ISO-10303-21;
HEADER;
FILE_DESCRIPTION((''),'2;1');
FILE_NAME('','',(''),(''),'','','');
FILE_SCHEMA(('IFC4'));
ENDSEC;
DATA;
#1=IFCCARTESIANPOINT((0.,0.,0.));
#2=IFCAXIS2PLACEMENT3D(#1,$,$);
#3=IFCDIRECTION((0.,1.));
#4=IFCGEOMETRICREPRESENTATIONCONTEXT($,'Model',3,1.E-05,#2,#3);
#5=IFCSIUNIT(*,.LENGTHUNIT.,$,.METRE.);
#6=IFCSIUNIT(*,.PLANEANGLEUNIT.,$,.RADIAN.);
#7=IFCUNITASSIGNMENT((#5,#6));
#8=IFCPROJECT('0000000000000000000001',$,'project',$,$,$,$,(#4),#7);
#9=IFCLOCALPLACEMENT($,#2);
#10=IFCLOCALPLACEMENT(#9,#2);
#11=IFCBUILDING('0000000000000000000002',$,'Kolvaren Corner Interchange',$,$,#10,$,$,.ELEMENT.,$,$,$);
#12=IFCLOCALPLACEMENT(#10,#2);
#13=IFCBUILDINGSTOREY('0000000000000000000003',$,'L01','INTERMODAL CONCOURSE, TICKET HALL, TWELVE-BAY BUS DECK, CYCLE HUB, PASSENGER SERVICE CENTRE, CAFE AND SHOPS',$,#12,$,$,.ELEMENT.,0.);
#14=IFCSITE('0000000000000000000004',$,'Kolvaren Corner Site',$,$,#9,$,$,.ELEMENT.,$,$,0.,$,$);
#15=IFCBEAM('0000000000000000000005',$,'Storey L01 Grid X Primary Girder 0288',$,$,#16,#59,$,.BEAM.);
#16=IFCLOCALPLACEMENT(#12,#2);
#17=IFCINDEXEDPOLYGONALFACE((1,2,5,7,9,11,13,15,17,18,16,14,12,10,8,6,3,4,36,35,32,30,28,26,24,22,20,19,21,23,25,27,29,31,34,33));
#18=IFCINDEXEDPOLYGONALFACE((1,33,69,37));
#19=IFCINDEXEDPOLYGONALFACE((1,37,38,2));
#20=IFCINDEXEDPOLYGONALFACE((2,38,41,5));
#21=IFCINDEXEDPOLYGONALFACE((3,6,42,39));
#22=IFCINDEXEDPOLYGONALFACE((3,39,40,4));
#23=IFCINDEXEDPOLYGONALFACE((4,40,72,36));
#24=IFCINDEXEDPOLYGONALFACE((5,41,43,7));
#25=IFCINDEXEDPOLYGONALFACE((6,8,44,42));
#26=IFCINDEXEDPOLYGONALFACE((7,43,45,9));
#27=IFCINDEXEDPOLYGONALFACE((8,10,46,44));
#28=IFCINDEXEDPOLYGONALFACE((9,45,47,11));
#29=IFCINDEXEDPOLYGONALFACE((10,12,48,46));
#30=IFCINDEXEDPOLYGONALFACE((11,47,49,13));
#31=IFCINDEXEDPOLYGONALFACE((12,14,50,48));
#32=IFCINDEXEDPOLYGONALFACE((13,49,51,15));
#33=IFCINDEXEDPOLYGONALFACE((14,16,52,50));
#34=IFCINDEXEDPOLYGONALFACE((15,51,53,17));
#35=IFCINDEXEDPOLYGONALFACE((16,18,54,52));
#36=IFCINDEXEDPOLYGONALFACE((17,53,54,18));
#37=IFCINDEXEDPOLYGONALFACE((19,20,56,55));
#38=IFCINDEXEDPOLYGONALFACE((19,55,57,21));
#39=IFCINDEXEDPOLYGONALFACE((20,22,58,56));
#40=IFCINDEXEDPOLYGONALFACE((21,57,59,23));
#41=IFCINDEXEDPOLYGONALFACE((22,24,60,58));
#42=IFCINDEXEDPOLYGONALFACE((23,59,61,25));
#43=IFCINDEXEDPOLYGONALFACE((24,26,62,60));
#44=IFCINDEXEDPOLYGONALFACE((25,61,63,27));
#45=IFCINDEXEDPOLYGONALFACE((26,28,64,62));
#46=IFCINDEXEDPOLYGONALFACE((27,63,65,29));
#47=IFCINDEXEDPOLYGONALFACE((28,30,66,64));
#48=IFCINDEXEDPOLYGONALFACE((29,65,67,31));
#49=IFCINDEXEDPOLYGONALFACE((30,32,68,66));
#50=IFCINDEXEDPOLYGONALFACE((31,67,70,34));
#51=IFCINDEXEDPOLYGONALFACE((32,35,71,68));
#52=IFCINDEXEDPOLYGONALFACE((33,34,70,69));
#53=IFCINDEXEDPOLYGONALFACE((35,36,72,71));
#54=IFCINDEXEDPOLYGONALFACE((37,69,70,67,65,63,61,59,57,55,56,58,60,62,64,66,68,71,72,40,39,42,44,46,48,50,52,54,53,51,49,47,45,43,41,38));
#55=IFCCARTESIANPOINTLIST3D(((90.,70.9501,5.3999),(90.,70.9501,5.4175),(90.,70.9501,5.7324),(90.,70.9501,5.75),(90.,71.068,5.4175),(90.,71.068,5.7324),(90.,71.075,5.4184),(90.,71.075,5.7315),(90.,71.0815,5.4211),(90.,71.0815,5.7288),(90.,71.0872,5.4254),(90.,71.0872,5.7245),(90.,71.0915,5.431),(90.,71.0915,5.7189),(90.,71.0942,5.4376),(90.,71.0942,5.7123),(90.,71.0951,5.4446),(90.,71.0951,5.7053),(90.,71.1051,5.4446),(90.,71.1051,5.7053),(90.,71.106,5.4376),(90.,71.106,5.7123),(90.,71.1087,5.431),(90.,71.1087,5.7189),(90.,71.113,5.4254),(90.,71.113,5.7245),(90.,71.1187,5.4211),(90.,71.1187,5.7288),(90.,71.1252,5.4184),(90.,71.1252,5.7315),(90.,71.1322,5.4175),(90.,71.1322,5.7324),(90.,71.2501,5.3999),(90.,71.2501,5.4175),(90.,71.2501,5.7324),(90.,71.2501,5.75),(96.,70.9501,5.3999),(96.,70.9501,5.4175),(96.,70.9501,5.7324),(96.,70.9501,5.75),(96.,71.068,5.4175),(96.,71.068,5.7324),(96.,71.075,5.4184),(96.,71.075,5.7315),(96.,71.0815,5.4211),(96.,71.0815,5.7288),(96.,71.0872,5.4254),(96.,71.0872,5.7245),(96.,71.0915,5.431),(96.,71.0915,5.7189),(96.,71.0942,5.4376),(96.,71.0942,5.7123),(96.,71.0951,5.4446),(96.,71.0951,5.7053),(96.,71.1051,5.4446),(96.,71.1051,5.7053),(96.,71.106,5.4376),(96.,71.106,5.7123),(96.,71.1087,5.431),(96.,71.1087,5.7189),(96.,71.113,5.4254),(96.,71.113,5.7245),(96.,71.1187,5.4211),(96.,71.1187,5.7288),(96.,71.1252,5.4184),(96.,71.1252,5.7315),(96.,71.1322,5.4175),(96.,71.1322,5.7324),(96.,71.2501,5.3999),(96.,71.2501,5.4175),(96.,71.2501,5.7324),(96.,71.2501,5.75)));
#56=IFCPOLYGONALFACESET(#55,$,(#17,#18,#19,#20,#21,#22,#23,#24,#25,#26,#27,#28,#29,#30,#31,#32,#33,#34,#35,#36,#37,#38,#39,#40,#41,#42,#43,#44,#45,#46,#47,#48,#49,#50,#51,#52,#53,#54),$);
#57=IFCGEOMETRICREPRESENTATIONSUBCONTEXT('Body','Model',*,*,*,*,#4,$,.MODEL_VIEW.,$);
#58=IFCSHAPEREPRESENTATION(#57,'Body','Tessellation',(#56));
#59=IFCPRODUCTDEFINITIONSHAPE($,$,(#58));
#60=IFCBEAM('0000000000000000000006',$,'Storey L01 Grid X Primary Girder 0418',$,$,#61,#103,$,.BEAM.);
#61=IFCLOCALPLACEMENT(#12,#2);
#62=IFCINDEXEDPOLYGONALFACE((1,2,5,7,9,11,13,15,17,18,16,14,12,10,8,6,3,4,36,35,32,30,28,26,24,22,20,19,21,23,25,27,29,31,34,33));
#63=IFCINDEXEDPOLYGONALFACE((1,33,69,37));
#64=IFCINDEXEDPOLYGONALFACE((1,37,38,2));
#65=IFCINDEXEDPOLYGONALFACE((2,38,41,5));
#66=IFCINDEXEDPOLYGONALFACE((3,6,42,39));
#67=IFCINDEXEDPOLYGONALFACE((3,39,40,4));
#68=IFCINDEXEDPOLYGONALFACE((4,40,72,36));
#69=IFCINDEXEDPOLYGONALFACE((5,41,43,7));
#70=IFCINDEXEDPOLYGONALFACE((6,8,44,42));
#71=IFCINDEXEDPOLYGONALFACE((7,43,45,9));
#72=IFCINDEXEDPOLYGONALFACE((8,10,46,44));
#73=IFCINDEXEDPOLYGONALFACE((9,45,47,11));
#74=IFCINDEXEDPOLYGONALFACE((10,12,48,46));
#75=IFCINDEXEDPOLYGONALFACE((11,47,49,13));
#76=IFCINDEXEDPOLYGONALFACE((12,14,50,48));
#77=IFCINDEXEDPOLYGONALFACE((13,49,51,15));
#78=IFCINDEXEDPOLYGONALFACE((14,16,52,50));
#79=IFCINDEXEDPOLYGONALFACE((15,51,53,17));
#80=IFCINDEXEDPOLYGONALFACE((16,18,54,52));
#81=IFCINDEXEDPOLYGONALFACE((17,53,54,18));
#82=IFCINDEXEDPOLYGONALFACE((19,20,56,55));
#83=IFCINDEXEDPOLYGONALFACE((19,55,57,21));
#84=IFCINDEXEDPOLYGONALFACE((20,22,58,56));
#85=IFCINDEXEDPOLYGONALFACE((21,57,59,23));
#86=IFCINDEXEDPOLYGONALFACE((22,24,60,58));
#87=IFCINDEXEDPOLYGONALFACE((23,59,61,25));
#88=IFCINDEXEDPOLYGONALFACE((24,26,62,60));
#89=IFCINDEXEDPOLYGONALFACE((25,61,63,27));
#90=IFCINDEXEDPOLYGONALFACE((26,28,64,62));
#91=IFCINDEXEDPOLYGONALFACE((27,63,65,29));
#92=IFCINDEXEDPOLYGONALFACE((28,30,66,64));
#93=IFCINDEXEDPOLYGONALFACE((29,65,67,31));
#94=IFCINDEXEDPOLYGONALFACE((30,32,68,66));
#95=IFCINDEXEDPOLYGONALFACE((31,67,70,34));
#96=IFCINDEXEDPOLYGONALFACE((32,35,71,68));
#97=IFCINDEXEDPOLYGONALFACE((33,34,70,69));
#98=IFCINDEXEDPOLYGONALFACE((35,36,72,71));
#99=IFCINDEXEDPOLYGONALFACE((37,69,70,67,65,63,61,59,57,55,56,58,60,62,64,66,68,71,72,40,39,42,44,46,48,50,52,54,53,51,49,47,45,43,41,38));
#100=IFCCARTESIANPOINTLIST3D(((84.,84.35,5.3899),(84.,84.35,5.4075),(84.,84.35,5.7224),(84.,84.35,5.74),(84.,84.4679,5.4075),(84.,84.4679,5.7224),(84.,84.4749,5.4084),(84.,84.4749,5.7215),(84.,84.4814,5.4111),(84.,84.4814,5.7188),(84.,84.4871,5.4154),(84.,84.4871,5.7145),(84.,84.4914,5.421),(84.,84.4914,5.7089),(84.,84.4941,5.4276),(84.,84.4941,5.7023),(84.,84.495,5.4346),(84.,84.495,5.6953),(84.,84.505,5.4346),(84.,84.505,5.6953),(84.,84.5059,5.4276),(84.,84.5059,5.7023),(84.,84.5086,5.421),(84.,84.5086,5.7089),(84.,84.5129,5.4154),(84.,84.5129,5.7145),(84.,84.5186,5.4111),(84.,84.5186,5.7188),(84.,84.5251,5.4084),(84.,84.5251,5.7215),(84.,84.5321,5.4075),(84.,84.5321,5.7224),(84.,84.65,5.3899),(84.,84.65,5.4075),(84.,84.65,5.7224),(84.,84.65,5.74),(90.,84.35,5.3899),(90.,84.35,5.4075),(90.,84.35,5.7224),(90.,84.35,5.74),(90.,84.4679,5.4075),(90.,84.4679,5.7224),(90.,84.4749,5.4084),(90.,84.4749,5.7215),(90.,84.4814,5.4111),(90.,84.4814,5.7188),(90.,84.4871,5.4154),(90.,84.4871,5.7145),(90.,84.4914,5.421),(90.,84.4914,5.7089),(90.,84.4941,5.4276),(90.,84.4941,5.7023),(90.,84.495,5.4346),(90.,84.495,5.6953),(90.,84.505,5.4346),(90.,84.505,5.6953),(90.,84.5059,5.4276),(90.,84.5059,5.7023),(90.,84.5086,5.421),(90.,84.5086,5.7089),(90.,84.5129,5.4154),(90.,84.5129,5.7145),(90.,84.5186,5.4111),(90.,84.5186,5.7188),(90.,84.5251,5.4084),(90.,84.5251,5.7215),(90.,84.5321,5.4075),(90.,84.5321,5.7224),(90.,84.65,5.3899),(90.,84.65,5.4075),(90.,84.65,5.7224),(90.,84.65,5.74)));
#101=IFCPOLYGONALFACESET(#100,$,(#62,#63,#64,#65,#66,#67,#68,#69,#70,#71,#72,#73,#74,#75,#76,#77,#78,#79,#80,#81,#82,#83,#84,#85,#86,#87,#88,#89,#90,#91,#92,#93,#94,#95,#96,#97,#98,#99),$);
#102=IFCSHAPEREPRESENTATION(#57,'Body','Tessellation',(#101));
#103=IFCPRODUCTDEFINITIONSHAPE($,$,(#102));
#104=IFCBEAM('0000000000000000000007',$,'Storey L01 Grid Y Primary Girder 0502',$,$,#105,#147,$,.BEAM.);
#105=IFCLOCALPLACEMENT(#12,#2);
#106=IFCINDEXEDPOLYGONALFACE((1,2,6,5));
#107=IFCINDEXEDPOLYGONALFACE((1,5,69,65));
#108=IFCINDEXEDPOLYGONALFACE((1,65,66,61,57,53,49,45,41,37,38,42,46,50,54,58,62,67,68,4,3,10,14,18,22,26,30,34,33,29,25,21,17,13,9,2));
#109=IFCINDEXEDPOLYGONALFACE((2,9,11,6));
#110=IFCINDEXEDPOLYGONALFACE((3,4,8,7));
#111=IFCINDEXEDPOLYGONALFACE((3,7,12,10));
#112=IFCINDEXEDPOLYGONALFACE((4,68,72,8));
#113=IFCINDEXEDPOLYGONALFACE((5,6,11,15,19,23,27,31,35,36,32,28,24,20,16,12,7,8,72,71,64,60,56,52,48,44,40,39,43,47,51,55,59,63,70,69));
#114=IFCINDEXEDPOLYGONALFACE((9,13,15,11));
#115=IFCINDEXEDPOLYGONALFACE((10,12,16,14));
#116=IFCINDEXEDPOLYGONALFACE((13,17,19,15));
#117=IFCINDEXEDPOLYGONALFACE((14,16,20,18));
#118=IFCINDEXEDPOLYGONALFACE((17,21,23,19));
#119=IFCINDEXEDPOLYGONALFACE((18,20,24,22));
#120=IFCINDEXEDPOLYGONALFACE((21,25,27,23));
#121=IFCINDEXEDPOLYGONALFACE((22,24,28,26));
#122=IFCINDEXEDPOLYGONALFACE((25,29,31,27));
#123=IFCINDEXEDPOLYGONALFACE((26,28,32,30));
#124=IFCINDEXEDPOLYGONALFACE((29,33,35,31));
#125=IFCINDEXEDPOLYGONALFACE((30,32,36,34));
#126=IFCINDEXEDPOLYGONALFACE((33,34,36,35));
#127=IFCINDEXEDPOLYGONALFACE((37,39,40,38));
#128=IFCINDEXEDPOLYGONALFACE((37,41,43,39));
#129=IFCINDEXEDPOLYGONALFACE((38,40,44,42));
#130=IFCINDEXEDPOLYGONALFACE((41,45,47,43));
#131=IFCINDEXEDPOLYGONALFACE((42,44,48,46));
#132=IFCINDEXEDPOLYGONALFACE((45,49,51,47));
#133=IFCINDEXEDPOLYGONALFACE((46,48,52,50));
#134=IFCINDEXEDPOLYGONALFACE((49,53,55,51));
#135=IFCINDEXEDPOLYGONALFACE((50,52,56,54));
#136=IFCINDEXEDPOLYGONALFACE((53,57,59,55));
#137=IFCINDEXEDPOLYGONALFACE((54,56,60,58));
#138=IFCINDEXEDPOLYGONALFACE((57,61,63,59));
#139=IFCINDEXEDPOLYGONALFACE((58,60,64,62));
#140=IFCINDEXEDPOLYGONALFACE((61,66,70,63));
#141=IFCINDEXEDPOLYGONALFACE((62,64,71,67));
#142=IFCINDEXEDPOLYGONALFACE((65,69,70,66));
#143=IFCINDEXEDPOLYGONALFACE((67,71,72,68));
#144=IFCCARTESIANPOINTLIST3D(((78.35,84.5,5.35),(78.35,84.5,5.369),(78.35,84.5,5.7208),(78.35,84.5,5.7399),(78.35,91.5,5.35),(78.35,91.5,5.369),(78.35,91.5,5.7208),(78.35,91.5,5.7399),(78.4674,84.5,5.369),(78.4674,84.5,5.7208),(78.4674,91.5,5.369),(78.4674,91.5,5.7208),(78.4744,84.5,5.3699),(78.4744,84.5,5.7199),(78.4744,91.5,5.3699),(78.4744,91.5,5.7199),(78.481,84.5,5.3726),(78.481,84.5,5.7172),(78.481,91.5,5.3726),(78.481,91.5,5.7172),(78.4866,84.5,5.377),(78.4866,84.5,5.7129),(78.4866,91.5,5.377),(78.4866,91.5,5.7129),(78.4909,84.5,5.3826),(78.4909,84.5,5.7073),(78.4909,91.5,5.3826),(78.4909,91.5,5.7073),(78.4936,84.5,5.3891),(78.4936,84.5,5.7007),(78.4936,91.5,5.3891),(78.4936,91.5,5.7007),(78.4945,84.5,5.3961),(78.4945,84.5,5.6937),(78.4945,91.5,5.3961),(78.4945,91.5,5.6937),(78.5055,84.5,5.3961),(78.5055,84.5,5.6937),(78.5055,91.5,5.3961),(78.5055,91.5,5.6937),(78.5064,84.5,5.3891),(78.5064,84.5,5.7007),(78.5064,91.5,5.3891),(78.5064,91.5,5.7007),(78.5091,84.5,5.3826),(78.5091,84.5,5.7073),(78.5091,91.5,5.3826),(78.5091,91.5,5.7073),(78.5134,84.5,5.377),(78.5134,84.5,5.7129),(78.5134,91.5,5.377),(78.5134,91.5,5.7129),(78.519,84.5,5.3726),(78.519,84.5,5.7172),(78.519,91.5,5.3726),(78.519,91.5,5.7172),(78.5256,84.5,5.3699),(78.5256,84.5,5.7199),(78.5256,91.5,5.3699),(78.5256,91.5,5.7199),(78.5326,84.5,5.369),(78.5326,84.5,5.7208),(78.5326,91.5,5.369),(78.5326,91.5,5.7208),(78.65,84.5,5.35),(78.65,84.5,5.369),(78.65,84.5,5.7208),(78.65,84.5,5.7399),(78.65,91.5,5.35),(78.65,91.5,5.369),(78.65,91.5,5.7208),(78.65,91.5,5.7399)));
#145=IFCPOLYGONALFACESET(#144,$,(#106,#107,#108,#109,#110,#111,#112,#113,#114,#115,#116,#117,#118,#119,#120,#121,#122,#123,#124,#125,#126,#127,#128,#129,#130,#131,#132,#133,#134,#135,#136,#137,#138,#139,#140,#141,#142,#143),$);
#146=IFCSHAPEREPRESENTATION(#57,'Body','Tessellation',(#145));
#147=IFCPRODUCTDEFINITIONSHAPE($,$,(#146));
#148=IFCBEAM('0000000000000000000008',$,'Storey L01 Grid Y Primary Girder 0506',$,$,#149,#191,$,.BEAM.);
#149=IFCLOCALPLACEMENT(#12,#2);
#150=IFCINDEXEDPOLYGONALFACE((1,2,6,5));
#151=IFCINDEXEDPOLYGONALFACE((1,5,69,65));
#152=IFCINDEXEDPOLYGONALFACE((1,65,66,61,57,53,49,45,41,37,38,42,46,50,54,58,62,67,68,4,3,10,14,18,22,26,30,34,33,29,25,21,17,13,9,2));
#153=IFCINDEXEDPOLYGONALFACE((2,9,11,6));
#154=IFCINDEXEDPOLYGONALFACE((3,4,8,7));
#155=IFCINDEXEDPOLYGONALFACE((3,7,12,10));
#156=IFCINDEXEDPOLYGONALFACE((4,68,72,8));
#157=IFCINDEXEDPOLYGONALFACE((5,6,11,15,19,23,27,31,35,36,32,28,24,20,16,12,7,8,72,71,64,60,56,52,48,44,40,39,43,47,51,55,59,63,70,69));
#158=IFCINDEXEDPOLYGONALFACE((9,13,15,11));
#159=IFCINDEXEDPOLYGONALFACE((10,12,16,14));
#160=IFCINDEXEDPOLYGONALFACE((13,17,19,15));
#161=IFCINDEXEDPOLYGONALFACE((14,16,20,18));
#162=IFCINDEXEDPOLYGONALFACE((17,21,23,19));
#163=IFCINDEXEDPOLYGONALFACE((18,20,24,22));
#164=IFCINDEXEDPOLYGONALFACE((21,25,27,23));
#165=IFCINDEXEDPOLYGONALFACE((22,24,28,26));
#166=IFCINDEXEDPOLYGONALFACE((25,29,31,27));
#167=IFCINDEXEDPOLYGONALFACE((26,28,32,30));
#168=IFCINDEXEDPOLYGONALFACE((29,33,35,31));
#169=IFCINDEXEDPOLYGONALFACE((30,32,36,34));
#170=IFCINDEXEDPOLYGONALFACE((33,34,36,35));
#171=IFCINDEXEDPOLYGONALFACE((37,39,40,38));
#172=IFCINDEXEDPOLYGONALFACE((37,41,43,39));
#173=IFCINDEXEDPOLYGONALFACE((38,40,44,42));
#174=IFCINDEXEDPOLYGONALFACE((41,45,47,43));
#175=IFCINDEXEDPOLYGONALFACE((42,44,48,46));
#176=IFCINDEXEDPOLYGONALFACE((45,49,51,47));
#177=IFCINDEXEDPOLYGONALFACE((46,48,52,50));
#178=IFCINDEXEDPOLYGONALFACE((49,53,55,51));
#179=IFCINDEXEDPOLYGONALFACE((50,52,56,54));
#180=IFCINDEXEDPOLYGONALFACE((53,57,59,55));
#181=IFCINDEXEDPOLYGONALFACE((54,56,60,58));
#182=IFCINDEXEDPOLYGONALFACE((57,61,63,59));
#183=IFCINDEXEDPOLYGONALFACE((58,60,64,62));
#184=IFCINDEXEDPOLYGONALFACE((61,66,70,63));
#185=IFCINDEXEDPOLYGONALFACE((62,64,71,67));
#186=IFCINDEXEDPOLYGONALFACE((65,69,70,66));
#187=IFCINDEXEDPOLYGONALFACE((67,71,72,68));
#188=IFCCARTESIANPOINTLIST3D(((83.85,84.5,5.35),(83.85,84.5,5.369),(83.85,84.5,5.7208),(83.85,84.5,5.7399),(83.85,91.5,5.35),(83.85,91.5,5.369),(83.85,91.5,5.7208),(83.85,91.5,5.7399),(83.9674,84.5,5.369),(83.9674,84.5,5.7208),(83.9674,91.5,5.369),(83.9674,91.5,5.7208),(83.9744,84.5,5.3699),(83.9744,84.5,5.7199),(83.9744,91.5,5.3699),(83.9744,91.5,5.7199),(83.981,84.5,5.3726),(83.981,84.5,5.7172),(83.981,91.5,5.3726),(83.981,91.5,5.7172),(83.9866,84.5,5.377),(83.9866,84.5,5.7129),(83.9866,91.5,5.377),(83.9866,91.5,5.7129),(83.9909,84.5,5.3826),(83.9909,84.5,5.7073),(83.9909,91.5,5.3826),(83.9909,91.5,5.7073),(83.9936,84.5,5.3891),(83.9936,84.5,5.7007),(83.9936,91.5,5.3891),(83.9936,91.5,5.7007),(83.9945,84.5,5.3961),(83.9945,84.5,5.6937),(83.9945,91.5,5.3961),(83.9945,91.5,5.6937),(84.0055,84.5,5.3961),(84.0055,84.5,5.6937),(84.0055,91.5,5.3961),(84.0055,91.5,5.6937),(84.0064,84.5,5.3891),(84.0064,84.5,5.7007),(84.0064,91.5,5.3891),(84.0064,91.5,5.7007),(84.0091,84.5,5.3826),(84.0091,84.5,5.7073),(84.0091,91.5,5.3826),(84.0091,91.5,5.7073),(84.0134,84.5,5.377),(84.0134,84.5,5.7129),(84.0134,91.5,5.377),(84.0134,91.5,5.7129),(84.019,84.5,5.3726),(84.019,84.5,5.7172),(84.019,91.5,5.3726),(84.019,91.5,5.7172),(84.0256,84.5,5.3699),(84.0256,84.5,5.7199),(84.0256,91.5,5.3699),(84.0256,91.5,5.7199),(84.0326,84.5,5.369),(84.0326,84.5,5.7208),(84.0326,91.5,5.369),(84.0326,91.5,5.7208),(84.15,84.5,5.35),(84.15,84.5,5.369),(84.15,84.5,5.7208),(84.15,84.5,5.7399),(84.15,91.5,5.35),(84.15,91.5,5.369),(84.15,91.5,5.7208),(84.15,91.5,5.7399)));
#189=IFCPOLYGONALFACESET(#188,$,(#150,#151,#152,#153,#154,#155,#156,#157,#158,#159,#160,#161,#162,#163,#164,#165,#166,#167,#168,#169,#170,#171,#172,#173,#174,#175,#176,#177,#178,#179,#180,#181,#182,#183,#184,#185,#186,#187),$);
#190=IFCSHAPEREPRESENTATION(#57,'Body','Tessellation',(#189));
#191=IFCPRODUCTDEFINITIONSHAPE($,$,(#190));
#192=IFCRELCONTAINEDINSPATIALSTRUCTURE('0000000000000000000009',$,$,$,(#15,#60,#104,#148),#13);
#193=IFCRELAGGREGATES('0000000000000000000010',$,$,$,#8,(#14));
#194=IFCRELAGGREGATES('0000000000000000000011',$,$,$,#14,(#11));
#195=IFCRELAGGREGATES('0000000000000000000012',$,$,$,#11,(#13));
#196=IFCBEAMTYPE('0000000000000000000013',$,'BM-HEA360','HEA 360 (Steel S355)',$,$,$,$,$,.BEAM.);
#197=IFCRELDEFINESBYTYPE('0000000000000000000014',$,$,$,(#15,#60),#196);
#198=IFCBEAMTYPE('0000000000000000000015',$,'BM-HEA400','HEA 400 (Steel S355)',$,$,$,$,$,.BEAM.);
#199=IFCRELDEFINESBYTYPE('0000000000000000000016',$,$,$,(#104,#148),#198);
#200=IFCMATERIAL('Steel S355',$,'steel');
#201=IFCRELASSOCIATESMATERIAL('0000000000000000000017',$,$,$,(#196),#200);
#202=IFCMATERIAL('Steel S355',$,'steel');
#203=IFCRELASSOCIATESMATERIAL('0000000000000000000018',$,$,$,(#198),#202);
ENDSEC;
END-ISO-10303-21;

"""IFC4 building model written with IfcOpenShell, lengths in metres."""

from ifc_helpers import new_model, si_unit, direction, frame, origin, origin_2d, place, context, subcontext, project, spatial, i_section, extrude, material, material_profile, profile_set, type_object, element, save


model = new_model("IFC4")

# Units and contexts
model_context = context("Model", 3, precision=1e-05, world=origin(), true_north=direction((0.0, 1.0)))
body_context = subcontext(model_context, "Body", "Model", "MODEL_VIEW")
ifc_project = project(units=[si_unit("LENGTHUNIT", "METRE"), si_unit("PLANEANGLEUNIT", "RADIAN")], contexts=[model_context])

# Site, building, storey
site_placement = place(None, origin())
site = spatial("IfcSite", under=ifc_project, at=site_placement, Name="Kolvaren Corner Site", CompositionType="ELEMENT", RefElevation=0.0)
building_placement = place(site_placement, origin())
building = spatial("IfcBuilding", under=site, at=building_placement, Name="Kolvaren Corner Interchange", CompositionType="ELEMENT")
storey_placement = place(building_placement, origin())
storey = spatial("IfcBuildingStorey", under=building, at=storey_placement, Name="L01", Description="INTERMODAL CONCOURSE, TICKET HALL, TWELVE-BAY BUS DECK, CYCLE HUB, PASSENGER SERVICE CENTRE, CAFE AND SHOPS", CompositionType="ELEMENT", Elevation=0.0)

# Beams
ifc_material_1 = material(Name="Steel S355", Category="steel")
ifc_material_profile_1 = material_profile(ifc_material_1, i_section(OverallWidth=0.3, OverallDepth=0.3501, WebThickness=0.01, FlangeThickness=0.0176, FilletRadius=0.0271, at=origin_2d()), Name="HEA 360")
ifc_profile_set_1 = profile_set([ifc_material_profile_1], Name="Steel S355")
beam_type_1 = type_object("IfcBeamType", Name="BM-HEA360", Description="HEA 360 (Steel S355)", PredefinedType="BEAM", material=ifc_profile_set_1)
for number, where, z_axis, x_axis, name in (
    (1, (90.0, 71.1001, 5.575), (1.0, 0.0, 0.0), (0.0, 1.0, 0.0), "Storey L01 Grid X Primary Girder 0288"),
    (2, (84.0, 84.5, 5.5649), (1.0, 0.0, 0.0), (0.0, 1.0, 0.0), "Storey L01 Grid X Primary Girder 0418"),
):
    element("IfcBeam", number, at=place(storey_placement, frame(where, z_axis=z_axis, x_axis=x_axis)), inside=storey, type_object=beam_type_1, Name=name, PredefinedType="BEAM", context=body_context, shape_type="SweptSolid", body=[
        extrude(i_section(OverallWidth=0.3, OverallDepth=0.3501, WebThickness=0.01, FlangeThickness=0.0176, FilletRadius=0.0271, at=origin_2d()), origin(), (0.0, 0.0, 1.0), 6.0),
    ])
ifc_material_2 = material(Name="Steel S355", Category="steel")
ifc_material_profile_2 = material_profile(ifc_material_2, i_section(OverallWidth=0.3, OverallDepth=0.3899, WebThickness=0.011, FlangeThickness=0.019, FilletRadius=0.0271, at=origin_2d()), Name="HEA 400")
ifc_profile_set_2 = profile_set([ifc_material_profile_2], Name="Steel S355")
beam_type_2 = type_object("IfcBeamType", Name="BM-HEA400", Description="HEA 400 (Steel S355)", PredefinedType="BEAM", material=ifc_profile_set_2)
for number, where, z_axis, x_axis, name in (
    (3, (78.5, 84.5, 5.5449), (0.0, 1.0, 0.0), (-1.0, 0.0, 0.0), "Storey L01 Grid Y Primary Girder 0502"),
    (4, (84.0, 84.5, 5.5449), (0.0, 1.0, 0.0), (-1.0, 0.0, 0.0), "Storey L01 Grid Y Primary Girder 0506"),
):
    element("IfcBeam", number, at=place(storey_placement, frame(where, z_axis=z_axis, x_axis=x_axis)), inside=storey, type_object=beam_type_2, Name=name, PredefinedType="BEAM", context=body_context, shape_type="SweptSolid", body=[
        extrude(i_section(OverallWidth=0.3, OverallDepth=0.3899, WebThickness=0.011, FlangeThickness=0.019, FilletRadius=0.0271, at=origin_2d()), origin(), (0.0, 0.0, 1.0), 7.0),
    ])

save(model, "model.ifc")
